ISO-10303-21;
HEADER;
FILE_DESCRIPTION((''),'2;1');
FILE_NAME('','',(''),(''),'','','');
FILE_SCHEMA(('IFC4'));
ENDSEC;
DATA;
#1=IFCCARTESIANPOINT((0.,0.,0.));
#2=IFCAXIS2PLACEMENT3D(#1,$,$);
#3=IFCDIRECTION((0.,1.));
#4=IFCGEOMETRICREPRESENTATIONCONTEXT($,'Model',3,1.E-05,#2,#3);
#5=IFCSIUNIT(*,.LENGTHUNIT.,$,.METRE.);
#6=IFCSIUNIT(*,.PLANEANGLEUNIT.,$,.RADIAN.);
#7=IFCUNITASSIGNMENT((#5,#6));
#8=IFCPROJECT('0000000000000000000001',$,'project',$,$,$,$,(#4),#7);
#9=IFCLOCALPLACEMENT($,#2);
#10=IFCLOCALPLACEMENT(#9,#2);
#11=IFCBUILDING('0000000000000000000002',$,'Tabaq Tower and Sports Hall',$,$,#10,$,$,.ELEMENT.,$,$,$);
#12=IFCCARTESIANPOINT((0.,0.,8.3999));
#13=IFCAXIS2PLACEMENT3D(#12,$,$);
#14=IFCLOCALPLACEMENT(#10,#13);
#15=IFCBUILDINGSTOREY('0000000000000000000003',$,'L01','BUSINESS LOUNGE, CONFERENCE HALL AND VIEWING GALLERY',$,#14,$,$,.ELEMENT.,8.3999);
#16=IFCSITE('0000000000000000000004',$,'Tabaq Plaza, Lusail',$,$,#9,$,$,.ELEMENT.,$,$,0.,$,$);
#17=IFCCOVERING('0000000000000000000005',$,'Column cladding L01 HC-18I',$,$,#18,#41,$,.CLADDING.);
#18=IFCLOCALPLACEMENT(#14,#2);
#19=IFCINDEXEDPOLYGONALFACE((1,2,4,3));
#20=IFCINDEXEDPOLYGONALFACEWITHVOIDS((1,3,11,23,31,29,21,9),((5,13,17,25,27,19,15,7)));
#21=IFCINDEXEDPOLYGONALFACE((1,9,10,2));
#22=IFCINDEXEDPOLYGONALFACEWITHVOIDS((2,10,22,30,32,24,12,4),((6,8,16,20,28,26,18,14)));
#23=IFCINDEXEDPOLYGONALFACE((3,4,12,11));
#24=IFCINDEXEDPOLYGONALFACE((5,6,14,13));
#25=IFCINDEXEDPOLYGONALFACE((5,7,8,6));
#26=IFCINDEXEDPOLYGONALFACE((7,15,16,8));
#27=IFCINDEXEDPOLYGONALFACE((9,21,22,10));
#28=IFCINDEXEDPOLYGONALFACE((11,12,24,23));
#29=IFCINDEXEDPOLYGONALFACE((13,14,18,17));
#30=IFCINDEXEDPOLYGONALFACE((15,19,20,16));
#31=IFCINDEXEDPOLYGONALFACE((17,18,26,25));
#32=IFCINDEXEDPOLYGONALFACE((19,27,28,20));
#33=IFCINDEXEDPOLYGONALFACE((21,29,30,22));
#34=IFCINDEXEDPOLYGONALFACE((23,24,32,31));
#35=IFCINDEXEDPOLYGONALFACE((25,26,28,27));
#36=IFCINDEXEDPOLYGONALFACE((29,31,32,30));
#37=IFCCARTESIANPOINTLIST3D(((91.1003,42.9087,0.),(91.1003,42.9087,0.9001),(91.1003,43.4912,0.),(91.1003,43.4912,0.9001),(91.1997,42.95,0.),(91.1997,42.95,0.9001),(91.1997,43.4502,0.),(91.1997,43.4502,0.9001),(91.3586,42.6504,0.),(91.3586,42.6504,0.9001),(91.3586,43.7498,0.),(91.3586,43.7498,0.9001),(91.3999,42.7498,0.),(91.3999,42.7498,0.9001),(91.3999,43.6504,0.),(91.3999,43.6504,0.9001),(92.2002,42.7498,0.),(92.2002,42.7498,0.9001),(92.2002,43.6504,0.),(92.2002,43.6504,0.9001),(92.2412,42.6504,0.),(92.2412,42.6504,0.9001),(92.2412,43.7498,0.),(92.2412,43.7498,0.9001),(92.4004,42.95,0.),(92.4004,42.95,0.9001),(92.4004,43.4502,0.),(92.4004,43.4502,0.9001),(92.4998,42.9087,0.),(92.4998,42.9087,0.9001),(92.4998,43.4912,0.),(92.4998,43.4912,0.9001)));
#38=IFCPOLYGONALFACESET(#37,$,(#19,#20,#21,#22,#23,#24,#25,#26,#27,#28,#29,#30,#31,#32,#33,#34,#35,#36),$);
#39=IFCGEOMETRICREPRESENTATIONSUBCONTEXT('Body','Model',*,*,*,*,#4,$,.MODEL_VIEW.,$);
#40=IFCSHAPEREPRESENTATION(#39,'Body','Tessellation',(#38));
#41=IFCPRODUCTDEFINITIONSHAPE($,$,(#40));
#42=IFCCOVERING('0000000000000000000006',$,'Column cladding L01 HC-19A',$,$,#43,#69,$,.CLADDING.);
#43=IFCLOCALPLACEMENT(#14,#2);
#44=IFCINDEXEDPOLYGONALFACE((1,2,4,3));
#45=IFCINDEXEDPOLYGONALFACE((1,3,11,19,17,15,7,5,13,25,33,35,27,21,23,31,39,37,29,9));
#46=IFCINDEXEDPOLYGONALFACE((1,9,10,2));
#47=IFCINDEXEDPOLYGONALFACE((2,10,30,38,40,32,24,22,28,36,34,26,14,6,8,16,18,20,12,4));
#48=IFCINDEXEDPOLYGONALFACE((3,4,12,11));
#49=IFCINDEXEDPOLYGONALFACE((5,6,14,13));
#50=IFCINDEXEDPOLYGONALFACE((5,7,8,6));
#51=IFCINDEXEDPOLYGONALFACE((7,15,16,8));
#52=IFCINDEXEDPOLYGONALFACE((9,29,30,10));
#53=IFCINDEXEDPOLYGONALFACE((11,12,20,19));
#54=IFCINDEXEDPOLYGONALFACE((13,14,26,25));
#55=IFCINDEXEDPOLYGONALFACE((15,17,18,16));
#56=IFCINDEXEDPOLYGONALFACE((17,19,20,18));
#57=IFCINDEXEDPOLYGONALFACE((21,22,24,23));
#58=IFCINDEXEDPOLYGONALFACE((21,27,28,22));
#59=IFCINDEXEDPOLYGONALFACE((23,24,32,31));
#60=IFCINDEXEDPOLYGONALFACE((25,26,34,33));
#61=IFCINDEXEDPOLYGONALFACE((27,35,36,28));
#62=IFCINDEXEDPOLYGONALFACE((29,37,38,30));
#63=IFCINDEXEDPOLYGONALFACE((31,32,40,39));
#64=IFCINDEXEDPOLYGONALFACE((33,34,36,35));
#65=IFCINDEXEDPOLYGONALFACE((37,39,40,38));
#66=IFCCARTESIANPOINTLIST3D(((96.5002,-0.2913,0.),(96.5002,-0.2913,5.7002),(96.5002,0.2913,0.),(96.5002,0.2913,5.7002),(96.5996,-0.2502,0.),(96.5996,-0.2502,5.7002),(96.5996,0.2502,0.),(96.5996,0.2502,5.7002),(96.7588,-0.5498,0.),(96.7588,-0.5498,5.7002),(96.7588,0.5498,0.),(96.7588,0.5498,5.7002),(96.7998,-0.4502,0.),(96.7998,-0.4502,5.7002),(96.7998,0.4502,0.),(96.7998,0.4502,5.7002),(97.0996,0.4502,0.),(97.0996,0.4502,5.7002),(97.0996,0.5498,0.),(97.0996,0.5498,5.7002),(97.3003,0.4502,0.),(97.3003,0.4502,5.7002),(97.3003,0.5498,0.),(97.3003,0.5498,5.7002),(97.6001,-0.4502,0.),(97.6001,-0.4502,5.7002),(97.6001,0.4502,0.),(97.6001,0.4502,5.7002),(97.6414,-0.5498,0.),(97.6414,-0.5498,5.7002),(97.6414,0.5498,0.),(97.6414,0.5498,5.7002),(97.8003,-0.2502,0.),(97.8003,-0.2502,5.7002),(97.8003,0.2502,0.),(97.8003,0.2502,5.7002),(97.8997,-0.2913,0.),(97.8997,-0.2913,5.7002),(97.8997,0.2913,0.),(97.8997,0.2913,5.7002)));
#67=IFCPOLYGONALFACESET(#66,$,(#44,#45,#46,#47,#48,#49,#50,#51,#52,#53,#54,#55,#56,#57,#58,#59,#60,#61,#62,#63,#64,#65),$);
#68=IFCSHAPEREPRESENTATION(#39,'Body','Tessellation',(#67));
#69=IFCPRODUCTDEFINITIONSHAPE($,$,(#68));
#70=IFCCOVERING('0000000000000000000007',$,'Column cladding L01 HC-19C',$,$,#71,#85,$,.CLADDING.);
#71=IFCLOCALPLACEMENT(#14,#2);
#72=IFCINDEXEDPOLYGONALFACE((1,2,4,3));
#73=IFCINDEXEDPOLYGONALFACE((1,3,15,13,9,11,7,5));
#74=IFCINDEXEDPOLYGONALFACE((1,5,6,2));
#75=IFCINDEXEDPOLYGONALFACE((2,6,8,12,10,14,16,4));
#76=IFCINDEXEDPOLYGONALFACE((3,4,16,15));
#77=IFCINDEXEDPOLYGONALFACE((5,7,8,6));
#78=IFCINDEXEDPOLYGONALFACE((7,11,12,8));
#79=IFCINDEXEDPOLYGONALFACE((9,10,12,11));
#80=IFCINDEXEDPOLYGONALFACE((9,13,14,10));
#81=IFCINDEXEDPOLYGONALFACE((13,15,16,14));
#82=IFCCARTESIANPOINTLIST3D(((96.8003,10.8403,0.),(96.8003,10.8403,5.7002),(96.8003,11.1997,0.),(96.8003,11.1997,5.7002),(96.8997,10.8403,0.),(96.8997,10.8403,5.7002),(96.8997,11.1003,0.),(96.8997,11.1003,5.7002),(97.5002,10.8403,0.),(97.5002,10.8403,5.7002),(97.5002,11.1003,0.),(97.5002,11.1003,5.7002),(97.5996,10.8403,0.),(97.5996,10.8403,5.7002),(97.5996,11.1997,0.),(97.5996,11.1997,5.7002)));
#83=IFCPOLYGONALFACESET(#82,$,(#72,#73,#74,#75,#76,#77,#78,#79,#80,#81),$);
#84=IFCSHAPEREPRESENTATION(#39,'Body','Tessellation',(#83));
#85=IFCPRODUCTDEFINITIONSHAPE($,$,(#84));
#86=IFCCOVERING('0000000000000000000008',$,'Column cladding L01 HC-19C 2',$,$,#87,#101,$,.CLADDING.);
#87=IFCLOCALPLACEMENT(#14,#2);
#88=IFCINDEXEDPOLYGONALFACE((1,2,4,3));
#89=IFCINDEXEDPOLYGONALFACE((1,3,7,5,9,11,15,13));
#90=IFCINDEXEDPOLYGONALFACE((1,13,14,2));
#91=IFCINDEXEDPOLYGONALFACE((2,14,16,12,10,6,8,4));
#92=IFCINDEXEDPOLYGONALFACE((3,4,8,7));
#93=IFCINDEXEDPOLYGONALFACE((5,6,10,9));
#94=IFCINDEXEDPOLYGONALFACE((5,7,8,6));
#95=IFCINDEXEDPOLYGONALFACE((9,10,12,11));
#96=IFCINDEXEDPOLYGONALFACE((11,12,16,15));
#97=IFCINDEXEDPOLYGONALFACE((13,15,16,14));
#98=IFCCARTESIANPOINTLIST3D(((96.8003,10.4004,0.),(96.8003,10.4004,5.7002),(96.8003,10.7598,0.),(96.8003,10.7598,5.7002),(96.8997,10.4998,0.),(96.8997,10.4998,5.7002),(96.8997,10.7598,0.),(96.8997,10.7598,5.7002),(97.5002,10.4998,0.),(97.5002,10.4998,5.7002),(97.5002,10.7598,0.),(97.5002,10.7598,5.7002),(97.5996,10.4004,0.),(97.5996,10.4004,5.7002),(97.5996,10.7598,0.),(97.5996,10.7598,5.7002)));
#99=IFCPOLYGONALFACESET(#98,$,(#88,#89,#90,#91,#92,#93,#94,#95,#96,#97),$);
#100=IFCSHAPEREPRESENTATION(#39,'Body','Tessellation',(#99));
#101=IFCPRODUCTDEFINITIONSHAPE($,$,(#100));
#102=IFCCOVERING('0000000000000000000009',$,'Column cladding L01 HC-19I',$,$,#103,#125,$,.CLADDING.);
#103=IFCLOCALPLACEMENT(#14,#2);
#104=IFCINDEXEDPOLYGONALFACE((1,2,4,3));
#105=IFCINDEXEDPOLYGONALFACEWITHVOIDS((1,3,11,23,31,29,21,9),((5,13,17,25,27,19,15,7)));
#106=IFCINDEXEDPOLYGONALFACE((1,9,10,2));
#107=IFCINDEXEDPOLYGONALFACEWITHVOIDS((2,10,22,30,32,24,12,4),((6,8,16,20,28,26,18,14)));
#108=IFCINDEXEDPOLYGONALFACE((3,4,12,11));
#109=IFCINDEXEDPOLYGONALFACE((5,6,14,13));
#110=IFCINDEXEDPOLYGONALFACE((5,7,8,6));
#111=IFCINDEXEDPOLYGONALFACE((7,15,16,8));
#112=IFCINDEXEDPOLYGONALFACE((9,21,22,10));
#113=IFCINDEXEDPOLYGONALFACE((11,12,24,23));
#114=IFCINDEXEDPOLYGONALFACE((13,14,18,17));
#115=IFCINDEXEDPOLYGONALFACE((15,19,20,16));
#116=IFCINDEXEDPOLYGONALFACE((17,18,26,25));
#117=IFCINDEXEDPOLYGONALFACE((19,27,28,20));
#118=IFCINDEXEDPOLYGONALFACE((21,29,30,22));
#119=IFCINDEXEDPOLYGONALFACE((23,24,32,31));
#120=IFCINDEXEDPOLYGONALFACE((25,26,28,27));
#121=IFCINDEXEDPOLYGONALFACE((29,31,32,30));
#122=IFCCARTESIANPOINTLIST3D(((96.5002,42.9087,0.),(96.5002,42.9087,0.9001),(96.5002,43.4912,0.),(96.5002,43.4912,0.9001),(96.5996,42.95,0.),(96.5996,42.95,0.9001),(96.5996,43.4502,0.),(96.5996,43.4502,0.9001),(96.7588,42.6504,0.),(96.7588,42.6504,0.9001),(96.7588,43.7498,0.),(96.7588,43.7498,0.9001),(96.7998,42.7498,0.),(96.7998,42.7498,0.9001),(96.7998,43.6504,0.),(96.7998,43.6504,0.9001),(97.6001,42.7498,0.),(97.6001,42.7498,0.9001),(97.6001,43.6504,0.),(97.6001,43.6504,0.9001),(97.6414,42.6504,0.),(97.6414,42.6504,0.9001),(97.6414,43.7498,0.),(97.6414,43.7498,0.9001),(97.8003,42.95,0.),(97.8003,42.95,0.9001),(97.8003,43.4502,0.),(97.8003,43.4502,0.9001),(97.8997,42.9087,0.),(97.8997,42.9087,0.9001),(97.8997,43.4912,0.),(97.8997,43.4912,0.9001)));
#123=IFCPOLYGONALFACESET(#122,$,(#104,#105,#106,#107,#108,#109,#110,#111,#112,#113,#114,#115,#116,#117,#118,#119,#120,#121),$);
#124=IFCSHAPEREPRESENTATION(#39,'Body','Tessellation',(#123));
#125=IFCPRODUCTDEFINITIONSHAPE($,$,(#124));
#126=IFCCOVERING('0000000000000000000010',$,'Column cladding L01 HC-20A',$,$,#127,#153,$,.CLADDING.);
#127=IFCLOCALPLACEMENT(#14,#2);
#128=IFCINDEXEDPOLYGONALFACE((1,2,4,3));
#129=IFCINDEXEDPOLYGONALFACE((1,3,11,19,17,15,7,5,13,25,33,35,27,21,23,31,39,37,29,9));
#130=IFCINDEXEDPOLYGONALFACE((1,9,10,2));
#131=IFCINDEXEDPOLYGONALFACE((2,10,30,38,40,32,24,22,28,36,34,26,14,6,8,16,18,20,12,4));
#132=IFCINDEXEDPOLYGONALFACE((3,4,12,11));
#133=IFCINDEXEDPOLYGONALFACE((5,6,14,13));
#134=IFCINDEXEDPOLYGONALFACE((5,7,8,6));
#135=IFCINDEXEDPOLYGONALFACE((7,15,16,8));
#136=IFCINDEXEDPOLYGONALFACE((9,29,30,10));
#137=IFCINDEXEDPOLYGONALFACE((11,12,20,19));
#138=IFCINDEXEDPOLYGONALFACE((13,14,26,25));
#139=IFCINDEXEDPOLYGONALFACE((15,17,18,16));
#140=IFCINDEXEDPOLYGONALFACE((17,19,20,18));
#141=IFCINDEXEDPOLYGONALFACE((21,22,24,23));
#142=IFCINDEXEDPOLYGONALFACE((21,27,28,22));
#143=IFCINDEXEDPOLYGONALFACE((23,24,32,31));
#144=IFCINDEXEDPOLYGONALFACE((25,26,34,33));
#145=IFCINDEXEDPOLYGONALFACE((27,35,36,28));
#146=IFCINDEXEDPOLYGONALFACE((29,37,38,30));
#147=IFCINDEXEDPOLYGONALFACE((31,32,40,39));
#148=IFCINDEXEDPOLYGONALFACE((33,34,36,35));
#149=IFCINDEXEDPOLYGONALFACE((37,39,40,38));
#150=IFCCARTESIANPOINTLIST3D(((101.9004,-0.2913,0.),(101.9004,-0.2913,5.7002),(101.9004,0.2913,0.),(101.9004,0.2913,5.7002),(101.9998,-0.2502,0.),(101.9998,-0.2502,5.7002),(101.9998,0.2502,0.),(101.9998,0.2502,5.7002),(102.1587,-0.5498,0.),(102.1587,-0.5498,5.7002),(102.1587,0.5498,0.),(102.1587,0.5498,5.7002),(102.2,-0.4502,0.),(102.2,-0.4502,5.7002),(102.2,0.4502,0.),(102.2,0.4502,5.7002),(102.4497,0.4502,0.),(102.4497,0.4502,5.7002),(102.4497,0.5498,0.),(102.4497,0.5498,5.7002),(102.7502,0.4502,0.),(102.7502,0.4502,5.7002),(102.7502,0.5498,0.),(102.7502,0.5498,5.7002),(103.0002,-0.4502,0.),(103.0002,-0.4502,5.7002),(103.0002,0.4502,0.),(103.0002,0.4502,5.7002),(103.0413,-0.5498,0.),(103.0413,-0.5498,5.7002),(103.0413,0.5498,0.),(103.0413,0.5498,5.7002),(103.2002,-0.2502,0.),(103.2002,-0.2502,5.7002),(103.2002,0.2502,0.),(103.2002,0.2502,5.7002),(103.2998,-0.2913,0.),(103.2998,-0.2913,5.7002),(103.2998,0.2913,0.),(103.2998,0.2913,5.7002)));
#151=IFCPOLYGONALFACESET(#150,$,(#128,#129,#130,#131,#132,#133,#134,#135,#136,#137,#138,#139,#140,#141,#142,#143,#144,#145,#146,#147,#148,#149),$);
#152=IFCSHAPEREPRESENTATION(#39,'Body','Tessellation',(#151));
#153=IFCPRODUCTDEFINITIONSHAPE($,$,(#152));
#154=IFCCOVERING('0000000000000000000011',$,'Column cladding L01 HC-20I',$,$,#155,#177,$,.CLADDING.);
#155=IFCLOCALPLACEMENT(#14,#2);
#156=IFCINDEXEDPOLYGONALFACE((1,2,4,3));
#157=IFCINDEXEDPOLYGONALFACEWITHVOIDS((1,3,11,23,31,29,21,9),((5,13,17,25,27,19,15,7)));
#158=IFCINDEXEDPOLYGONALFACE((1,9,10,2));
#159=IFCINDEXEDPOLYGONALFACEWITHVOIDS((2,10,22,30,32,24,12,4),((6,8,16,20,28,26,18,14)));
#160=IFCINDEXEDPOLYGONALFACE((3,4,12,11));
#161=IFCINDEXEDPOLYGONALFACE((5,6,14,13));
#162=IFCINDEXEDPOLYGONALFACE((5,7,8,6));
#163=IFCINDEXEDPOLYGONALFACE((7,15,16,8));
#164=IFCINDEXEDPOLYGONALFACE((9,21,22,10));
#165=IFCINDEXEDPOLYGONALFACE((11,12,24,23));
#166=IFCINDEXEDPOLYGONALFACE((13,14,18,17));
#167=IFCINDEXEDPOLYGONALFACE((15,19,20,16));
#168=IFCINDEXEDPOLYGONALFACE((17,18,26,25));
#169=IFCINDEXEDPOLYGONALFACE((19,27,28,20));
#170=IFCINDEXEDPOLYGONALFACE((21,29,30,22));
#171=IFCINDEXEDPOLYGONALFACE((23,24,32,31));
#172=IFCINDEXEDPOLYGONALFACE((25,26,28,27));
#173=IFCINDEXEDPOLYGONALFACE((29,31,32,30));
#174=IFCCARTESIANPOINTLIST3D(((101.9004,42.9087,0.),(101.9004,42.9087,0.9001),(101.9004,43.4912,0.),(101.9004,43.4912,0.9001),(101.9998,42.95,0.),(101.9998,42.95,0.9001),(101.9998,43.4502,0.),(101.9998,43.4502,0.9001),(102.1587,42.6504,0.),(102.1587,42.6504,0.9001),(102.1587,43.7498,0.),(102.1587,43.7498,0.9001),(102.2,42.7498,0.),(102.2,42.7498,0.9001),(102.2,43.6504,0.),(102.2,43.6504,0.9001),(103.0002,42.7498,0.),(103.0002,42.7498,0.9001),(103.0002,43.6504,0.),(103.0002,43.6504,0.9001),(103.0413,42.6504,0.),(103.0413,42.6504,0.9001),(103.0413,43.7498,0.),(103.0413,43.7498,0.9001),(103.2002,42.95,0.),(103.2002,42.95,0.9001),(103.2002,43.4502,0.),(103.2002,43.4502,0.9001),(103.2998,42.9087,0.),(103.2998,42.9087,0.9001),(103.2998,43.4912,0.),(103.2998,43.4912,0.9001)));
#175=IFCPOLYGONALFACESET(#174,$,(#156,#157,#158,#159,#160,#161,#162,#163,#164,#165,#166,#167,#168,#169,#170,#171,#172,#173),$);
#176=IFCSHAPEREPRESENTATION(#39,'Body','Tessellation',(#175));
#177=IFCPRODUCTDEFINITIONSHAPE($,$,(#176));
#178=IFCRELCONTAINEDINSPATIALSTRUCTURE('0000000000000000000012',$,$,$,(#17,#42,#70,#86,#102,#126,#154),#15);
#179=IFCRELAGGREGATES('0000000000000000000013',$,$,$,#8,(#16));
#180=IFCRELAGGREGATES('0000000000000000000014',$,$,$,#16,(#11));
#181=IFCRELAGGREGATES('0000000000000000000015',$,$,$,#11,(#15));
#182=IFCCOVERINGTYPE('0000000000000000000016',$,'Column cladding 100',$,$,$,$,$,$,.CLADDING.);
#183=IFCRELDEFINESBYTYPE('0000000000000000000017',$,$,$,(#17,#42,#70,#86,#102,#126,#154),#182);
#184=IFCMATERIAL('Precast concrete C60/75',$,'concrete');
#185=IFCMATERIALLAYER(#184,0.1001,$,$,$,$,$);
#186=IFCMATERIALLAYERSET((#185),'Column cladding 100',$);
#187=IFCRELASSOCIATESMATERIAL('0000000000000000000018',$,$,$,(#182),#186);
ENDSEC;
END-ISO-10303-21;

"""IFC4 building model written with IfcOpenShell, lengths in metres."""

from ifc_helpers import new_model, si_unit, direction, frame, origin, place, context, subcontext, project, spatial, polyline, outline, extrude, material, layer, layer_set, type_object, element, save


model = new_model("IFC4")

# Units and contexts
model_context = context("Model", 3, precision=1e-05, world=origin(), true_north=direction((0.0, 1.0)))
body_context = subcontext(model_context, "Body", "Model", "MODEL_VIEW")
ifc_project = project(units=[si_unit("LENGTHUNIT", "METRE"), si_unit("PLANEANGLEUNIT", "RADIAN")], contexts=[model_context])

# Site, building, storey
site_placement = place(None, origin())
site = spatial("IfcSite", under=ifc_project, at=site_placement, Name="Tabaq Plaza, Lusail", CompositionType="ELEMENT", RefElevation=0.0)
building_placement = place(site_placement, origin())
building = spatial("IfcBuilding", under=site, at=building_placement, Name="Tabaq Tower and Sports Hall", CompositionType="ELEMENT")
storey_placement = place(building_placement, frame((0.0, 0.0, 8.3999)))
storey = spatial("IfcBuildingStorey", under=building, at=storey_placement, Name="L01", Description="BUSINESS LOUNGE, CONFERENCE HALL AND VIEWING GALLERY", CompositionType="ELEMENT", Elevation=8.3999)

# Coverings
ifc_material = material(Name="Precast concrete C60/75", Category="concrete")
ifc_layer = layer(ifc_material, 0.1001)
ifc_layer_set = layer_set([ifc_layer], Name="Column cladding 100")
covering_type = type_object("IfcCoveringType", Name="Column cladding 100", PredefinedType="CLADDING", material=ifc_layer_set)
covering_1_placement = place(storey_placement, origin())
element("IfcCovering", 1, at=covering_1_placement, inside=storey, type_object=covering_type, Name="Column cladding L01 HC-18I", PredefinedType="CLADDING", context=body_context, shape_type="SweptSolid", body=[
    extrude(outline(polyline([(91.1003, 42.9087), (91.1003, 43.4912), (91.3586, 43.7498), (92.2412, 43.7498), (92.4998, 43.4912), (92.4998, 42.9087), (92.2412, 42.6504), (91.3586, 42.6504), (91.1003, 42.9087)]), holes=[polyline([(92.2002, 42.7498), (92.4004, 42.95), (92.4004, 43.4502), (92.2002, 43.6504), (91.3999, 43.6504), (91.1997, 43.4502), (91.1997, 42.95), (91.3999, 42.7498), (92.2002, 42.7498)])]), origin(), (0.0, 0.0, 1.0), 0.9001),
])
covering_2_placement = place(storey_placement, origin())
element("IfcCovering", 2, at=covering_2_placement, inside=storey, type_object=covering_type, Name="Column cladding L01 HC-19A", PredefinedType="CLADDING", context=body_context, shape_type="SweptSolid", body=[
    extrude(outline(polyline([(96.5002, 0.2913), (96.7588, 0.5498), (97.0996, 0.5498), (97.0996, 0.4502), (96.7998, 0.4502), (96.5996, 0.2502), (96.5996, -0.2502), (96.7998, -0.4502), (97.6001, -0.4502), (97.8003, -0.2502), (97.8003, 0.2502), (97.6001, 0.4502), (97.3003, 0.4502), (97.3003, 0.5498), (97.6414, 0.5498), (97.8997, 0.2913), (97.8997, -0.2913), (97.6414, -0.5498), (96.7588, -0.5498), (96.5002, -0.2913), (96.5002, 0.2913)])), origin(), (0.0, 0.0, 1.0), 5.7002),
])
covering_3_placement = place(storey_placement, origin())
element("IfcCovering", 3, at=covering_3_placement, inside=storey, type_object=covering_type, Name="Column cladding L01 HC-19C", PredefinedType="CLADDING", context=body_context, shape_type="SweptSolid", body=[
    extrude(outline(polyline([(97.5996, 11.1997), (97.5996, 10.8403), (97.5002, 10.8403), (97.5002, 11.1003), (96.8997, 11.1003), (96.8997, 10.8403), (96.8003, 10.8403), (96.8003, 11.1997), (97.5996, 11.1997)])), origin(), (0.0, 0.0, 1.0), 5.7002),
])
covering_4_placement = place(storey_placement, origin())
element("IfcCovering", 4, at=covering_4_placement, inside=storey, type_object=covering_type, Name="Column cladding L01 HC-19C 2", PredefinedType="CLADDING", context=body_context, shape_type="SweptSolid", body=[
    extrude(outline(polyline([(97.5996, 10.4004), (96.8003, 10.4004), (96.8003, 10.7598), (96.8997, 10.7598), (96.8997, 10.4998), (97.5002, 10.4998), (97.5002, 10.7598), (97.5996, 10.7598), (97.5996, 10.4004)])), origin(), (0.0, 0.0, 1.0), 5.7002),
])
covering_5_placement = place(storey_placement, origin())
element("IfcCovering", 5, at=covering_5_placement, inside=storey, type_object=covering_type, Name="Column cladding L01 HC-19I", PredefinedType="CLADDING", context=body_context, shape_type="SweptSolid", body=[
    extrude(outline(polyline([(96.5002, 42.9087), (96.5002, 43.4912), (96.7588, 43.7498), (97.6414, 43.7498), (97.8997, 43.4912), (97.8997, 42.9087), (97.6414, 42.6504), (96.7588, 42.6504), (96.5002, 42.9087)]), holes=[polyline([(97.6001, 42.7498), (97.8003, 42.95), (97.8003, 43.4502), (97.6001, 43.6504), (96.7998, 43.6504), (96.5996, 43.4502), (96.5996, 42.95), (96.7998, 42.7498), (97.6001, 42.7498)])]), origin(), (0.0, 0.0, 1.0), 0.9001),
])
covering_6_placement = place(storey_placement, origin())
element("IfcCovering", 6, at=covering_6_placement, inside=storey, type_object=covering_type, Name="Column cladding L01 HC-20A", PredefinedType="CLADDING", context=body_context, shape_type="SweptSolid", body=[
    extrude(outline(polyline([(101.9004, 0.2913), (102.1587, 0.5498), (102.4497, 0.5498), (102.4497, 0.4502), (102.2, 0.4502), (101.9998, 0.2502), (101.9998, -0.2502), (102.2, -0.4502), (103.0002, -0.4502), (103.2002, -0.2502), (103.2002, 0.2502), (103.0002, 0.4502), (102.7502, 0.4502), (102.7502, 0.5498), (103.0413, 0.5498), (103.2998, 0.2913), (103.2998, -0.2913), (103.0413, -0.5498), (102.1587, -0.5498), (101.9004, -0.2913), (101.9004, 0.2913)])), origin(), (0.0, 0.0, 1.0), 5.7002),
])
covering_7_placement = place(storey_placement, origin())
element("IfcCovering", 7, at=covering_7_placement, inside=storey, type_object=covering_type, Name="Column cladding L01 HC-20I", PredefinedType="CLADDING", context=body_context, shape_type="SweptSolid", body=[
    extrude(outline(polyline([(101.9004, 42.9087), (101.9004, 43.4912), (102.1587, 43.7498), (103.0413, 43.7498), (103.2998, 43.4912), (103.2998, 42.9087), (103.0413, 42.6504), (102.1587, 42.6504), (101.9004, 42.9087)]), holes=[polyline([(103.0002, 42.7498), (103.2002, 42.95), (103.2002, 43.4502), (103.0002, 43.6504), (102.2, 43.6504), (101.9998, 43.4502), (101.9998, 42.95), (102.2, 42.7498), (103.0002, 42.7498)])]), origin(), (0.0, 0.0, 1.0), 0.9001),
])

save(model, "model.ifc")
